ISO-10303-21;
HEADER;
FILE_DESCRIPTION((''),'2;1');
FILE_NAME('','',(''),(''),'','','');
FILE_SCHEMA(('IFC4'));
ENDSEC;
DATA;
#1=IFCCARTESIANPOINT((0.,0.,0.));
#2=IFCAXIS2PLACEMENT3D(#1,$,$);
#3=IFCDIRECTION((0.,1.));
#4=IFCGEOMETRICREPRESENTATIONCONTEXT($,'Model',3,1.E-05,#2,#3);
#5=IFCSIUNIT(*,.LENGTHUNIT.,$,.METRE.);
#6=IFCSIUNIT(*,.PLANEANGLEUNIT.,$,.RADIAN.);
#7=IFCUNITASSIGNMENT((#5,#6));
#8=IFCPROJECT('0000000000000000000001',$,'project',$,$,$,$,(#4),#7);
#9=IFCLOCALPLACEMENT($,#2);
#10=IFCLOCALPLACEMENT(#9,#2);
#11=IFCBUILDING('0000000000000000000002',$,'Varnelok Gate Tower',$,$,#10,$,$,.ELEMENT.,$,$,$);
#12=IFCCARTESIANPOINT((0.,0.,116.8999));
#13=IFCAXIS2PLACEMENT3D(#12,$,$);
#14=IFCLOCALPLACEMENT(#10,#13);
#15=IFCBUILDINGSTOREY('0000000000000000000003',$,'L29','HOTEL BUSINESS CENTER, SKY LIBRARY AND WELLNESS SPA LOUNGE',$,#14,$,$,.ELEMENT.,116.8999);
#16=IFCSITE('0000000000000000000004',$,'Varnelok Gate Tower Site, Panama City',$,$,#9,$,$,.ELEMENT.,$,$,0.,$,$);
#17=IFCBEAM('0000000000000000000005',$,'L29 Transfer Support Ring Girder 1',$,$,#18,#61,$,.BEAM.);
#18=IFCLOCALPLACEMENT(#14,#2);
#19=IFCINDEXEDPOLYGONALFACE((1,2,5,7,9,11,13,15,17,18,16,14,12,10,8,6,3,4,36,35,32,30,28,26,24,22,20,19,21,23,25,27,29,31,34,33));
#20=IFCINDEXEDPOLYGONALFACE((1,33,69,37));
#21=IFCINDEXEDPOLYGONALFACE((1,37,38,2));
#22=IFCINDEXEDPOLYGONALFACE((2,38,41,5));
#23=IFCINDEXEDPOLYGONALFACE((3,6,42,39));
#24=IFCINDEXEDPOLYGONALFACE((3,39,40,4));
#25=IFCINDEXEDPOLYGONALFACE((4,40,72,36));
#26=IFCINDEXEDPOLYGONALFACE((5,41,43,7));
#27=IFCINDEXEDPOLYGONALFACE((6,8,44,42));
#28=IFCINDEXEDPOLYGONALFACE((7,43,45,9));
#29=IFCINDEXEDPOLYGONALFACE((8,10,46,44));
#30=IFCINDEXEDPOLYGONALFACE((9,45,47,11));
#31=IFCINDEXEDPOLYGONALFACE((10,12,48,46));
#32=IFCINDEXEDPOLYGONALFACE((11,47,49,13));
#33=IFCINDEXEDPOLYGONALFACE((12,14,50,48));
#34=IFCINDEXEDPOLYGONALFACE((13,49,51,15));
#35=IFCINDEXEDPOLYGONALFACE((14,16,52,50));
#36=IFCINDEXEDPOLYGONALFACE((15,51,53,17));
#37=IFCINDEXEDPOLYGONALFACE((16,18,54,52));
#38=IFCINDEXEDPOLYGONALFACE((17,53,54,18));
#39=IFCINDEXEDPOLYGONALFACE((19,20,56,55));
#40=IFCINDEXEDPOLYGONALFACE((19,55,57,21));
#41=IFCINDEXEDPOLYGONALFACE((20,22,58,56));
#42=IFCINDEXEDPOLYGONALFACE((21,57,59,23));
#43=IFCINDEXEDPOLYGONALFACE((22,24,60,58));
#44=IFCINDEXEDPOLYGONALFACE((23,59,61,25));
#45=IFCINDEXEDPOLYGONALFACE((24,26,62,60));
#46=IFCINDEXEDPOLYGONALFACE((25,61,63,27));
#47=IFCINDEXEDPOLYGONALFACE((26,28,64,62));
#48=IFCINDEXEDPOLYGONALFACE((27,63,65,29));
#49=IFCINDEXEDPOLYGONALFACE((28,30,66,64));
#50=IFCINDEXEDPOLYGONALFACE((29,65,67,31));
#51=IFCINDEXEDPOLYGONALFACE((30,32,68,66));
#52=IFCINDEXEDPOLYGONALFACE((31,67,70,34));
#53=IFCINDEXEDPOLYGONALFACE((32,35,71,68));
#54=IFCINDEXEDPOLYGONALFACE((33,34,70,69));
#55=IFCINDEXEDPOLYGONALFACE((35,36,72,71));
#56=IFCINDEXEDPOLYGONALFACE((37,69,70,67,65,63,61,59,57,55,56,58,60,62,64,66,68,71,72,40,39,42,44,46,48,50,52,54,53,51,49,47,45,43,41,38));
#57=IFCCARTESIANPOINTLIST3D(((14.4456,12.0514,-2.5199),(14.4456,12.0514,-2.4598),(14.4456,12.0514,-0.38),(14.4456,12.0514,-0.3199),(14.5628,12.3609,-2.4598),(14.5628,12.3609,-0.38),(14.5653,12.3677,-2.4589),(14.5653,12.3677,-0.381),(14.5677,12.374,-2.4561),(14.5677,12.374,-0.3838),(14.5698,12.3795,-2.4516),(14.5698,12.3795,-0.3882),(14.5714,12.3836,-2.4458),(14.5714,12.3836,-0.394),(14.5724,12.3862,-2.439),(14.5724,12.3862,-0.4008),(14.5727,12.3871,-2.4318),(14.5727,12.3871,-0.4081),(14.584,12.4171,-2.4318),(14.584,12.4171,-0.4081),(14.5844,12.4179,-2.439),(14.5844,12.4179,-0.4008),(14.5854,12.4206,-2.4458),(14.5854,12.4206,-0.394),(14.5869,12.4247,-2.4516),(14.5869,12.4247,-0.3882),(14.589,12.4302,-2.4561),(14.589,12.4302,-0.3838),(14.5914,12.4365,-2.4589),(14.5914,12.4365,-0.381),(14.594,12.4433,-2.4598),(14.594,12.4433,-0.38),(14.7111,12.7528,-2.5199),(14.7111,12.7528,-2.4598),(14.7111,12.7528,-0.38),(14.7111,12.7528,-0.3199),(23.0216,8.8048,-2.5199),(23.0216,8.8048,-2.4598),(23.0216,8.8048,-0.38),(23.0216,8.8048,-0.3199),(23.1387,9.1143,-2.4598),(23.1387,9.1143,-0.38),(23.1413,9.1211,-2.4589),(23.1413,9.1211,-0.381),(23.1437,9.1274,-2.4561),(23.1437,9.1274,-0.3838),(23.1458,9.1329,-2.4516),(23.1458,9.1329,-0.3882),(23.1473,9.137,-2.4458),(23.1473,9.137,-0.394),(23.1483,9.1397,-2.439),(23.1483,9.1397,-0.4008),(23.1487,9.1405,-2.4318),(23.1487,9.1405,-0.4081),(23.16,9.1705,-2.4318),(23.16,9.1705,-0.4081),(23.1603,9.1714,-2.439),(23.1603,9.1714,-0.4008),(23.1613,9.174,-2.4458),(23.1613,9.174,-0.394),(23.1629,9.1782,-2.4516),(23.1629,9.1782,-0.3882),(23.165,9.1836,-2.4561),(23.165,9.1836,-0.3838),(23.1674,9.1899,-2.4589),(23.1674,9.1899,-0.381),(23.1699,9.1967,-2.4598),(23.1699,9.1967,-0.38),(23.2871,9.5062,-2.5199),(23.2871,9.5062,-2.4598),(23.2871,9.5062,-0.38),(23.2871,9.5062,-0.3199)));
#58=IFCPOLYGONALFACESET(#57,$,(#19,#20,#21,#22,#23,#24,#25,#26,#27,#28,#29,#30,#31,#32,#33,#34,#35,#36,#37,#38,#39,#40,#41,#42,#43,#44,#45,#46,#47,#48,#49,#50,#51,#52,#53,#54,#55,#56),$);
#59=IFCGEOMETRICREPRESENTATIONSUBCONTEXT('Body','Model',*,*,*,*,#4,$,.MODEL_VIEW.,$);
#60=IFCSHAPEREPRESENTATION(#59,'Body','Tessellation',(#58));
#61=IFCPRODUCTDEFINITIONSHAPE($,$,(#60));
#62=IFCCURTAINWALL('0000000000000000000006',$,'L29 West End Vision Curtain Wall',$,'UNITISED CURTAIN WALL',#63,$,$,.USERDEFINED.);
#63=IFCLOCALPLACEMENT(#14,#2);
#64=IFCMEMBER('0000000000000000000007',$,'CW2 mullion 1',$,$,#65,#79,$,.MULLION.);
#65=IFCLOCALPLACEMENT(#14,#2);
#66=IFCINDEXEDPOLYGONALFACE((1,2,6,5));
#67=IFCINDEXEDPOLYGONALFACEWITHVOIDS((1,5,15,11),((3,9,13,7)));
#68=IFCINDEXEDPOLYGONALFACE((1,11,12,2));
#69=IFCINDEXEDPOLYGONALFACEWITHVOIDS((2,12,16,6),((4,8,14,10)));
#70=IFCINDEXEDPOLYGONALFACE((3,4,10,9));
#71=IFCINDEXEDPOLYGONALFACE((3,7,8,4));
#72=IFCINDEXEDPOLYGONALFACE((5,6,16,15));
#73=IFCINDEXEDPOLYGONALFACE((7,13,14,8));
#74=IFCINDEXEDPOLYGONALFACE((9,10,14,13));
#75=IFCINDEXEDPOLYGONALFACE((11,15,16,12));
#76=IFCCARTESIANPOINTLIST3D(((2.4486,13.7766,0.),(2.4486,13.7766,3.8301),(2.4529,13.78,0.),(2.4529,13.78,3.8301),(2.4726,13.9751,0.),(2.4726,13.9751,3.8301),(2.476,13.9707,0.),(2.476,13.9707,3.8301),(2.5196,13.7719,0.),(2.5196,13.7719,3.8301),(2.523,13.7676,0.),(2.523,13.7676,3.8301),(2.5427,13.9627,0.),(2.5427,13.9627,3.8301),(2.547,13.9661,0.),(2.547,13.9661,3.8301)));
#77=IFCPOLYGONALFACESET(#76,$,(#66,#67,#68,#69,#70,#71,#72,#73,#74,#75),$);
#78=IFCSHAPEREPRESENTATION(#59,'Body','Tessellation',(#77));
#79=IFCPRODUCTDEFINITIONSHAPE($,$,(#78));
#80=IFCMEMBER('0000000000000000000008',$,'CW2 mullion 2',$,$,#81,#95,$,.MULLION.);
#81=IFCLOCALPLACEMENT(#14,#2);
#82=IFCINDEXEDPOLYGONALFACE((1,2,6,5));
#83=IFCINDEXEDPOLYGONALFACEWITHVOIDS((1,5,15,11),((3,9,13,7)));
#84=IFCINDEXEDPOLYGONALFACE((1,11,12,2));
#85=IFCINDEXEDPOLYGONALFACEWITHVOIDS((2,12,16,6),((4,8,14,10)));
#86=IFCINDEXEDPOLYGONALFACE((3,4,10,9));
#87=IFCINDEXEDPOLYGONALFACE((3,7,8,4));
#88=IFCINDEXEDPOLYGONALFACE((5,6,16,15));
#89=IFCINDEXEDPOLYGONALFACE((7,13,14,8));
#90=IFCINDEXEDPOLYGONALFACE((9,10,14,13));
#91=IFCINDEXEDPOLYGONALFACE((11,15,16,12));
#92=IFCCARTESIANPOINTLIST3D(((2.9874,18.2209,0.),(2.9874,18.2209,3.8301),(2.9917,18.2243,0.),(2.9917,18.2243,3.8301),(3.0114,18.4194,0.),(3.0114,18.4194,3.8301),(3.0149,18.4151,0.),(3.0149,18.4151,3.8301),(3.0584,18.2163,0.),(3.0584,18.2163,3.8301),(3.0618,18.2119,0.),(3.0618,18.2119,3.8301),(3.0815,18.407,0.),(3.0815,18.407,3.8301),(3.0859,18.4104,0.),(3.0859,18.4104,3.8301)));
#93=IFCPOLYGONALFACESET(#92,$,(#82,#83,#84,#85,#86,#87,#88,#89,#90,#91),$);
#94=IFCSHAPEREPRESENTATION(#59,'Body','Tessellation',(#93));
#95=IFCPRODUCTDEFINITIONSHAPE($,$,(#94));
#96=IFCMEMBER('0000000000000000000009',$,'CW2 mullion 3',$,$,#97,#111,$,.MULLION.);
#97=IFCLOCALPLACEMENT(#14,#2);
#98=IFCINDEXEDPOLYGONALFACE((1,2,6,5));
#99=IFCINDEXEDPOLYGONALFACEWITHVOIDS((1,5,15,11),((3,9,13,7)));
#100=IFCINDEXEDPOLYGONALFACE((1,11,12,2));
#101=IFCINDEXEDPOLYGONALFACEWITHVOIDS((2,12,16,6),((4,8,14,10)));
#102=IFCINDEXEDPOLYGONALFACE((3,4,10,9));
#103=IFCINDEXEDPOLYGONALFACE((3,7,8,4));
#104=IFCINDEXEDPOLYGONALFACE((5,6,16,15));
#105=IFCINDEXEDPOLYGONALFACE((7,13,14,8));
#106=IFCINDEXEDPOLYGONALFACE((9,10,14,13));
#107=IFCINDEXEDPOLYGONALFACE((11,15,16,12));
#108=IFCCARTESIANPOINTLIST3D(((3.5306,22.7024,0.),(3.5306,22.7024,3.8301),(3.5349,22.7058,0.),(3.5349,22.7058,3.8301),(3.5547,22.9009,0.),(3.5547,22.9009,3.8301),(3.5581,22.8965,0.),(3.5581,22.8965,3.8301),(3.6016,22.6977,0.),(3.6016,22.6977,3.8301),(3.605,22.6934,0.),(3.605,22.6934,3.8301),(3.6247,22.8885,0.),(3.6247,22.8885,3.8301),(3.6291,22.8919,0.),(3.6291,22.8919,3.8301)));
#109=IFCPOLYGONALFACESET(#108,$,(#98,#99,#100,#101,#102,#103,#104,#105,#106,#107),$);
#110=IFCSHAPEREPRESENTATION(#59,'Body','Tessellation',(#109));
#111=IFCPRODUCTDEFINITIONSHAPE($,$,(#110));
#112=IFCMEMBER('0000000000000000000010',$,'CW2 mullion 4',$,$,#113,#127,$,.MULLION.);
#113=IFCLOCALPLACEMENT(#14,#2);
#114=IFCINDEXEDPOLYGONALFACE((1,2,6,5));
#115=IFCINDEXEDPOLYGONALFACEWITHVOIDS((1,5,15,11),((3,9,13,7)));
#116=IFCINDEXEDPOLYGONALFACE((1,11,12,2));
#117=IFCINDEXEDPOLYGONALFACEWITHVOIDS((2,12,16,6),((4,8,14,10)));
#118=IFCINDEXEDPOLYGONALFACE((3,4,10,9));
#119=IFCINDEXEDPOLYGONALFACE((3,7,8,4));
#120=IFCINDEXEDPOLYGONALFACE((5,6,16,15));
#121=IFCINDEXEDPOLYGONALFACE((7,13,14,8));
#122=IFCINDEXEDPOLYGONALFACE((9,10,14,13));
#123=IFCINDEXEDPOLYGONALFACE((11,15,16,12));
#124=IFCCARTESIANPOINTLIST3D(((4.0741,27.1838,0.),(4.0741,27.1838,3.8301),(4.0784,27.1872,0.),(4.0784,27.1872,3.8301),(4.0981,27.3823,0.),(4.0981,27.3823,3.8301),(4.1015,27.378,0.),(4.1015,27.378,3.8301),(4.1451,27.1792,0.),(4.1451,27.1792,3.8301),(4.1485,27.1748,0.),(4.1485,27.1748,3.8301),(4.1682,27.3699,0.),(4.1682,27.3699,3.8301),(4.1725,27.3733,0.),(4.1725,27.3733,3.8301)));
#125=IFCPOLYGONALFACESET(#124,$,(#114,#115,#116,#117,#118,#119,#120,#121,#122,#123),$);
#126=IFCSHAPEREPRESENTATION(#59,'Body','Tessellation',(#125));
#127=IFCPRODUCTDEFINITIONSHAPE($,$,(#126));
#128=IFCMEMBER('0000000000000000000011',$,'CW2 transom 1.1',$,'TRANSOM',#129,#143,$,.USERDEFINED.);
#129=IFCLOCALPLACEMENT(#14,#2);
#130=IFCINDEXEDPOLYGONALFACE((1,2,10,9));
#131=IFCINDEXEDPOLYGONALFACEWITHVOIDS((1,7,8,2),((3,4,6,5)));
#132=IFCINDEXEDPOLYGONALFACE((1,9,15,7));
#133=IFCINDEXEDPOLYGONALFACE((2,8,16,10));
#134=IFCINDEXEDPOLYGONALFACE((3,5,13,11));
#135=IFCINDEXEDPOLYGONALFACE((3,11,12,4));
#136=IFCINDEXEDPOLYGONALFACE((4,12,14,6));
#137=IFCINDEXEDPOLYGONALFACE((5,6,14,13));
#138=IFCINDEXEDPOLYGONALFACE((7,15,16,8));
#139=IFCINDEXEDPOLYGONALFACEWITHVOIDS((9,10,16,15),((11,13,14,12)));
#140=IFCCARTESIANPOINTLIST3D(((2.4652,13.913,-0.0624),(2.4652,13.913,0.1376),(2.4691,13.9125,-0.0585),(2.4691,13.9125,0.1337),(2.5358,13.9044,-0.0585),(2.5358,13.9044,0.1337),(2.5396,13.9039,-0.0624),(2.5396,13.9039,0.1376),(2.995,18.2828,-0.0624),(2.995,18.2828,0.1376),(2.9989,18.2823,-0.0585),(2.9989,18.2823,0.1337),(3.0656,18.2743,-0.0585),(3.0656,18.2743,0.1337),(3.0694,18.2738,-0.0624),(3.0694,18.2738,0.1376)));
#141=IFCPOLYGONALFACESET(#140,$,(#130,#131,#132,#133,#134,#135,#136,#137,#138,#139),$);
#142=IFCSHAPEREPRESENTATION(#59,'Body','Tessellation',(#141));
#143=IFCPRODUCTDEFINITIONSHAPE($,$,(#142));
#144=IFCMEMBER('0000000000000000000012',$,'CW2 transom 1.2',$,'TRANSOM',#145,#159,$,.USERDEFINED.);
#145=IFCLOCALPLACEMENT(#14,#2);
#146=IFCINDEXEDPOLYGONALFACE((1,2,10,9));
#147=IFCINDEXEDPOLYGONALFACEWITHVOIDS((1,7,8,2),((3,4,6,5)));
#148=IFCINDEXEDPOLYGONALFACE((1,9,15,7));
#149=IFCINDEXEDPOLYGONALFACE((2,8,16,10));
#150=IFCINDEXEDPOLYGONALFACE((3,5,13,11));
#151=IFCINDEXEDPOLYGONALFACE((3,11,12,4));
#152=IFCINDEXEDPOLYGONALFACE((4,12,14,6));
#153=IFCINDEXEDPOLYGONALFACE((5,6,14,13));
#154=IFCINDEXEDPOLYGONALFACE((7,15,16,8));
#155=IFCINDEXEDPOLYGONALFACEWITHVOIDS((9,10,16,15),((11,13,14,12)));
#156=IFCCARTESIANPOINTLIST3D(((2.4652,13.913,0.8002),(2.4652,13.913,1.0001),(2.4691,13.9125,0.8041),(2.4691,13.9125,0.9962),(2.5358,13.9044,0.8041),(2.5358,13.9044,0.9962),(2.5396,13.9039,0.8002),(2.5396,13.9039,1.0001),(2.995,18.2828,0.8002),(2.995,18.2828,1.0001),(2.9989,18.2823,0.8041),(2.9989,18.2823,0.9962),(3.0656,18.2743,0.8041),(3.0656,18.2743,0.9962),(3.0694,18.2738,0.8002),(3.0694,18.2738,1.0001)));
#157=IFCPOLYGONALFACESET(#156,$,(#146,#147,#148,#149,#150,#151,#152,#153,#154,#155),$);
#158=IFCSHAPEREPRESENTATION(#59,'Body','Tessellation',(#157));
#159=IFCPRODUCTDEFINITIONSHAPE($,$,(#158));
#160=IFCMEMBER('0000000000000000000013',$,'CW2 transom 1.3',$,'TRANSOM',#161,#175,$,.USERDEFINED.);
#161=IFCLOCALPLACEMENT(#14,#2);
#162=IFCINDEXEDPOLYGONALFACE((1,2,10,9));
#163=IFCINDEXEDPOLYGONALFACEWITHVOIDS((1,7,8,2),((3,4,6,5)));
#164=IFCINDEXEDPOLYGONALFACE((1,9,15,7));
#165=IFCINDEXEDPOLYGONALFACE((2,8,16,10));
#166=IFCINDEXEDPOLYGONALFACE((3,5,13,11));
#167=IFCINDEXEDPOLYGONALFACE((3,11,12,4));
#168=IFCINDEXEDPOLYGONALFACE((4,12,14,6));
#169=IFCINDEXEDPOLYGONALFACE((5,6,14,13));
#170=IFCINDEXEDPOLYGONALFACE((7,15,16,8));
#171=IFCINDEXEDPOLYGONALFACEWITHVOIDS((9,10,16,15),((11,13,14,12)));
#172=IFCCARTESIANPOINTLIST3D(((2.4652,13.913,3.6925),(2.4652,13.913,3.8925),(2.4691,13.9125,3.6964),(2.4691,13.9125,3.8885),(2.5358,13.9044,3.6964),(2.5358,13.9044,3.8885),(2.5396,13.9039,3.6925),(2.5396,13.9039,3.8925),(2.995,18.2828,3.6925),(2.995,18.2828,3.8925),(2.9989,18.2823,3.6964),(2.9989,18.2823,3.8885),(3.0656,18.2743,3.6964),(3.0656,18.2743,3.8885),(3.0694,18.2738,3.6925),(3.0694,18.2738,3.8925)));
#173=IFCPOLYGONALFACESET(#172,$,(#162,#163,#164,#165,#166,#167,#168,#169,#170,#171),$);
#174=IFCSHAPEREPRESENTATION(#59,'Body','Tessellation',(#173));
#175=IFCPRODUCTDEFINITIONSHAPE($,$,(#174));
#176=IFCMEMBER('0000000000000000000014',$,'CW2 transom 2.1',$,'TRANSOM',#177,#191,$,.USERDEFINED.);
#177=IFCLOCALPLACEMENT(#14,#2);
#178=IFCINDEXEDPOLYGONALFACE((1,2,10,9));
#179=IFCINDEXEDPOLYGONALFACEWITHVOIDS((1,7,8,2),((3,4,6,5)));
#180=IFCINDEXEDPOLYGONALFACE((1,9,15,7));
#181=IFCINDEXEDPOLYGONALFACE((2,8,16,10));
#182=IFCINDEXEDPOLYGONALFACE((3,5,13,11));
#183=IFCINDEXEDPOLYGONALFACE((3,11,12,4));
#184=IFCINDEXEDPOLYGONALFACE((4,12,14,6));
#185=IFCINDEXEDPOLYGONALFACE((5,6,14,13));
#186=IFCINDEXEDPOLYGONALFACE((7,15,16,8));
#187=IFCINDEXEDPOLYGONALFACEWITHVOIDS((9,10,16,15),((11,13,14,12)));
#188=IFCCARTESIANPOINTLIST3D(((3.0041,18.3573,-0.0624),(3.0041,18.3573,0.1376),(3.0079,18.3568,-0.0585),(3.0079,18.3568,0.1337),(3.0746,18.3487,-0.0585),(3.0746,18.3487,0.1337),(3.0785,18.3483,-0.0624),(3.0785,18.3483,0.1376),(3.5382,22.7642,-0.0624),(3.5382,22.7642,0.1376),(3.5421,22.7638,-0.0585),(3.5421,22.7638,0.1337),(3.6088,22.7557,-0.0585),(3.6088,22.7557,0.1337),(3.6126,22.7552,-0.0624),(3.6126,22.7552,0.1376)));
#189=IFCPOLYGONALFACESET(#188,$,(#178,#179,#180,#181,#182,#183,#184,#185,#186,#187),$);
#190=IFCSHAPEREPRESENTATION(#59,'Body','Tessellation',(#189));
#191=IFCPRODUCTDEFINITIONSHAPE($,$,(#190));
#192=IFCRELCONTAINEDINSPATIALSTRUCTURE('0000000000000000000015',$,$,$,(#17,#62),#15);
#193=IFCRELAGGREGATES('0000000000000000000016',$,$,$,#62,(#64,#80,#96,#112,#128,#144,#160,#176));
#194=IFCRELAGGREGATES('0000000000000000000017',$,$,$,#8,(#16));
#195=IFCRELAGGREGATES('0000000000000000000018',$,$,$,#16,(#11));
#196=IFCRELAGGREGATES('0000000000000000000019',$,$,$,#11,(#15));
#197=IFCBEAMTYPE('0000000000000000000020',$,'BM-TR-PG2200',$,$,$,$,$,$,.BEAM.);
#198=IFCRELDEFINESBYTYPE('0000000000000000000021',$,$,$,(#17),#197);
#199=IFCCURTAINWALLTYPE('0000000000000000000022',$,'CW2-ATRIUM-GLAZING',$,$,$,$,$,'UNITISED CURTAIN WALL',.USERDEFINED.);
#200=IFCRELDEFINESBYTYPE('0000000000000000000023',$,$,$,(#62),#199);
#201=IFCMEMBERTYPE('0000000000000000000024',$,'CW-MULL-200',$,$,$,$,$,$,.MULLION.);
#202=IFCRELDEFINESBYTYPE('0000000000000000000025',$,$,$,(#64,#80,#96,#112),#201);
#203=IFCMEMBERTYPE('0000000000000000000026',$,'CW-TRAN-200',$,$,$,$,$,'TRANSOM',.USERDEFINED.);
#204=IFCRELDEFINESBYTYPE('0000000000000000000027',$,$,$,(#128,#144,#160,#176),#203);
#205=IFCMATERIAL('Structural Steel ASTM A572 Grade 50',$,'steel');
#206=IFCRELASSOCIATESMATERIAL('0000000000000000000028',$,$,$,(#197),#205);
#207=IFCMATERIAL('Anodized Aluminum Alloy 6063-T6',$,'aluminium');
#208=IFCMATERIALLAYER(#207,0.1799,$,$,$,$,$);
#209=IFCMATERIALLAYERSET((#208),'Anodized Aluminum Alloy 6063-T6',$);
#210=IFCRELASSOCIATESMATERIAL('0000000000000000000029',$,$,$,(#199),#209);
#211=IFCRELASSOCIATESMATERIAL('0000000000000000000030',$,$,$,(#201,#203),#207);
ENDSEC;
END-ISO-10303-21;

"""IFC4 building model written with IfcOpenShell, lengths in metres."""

from ifc_helpers import new_model, si_unit, direction, frame, origin, origin_2d, place, context, subcontext, project, spatial, hollow_rectangle, i_section, extrude, material, layer, layer_set, material_profile, profile_set, type_object, element, aggregate, save


model = new_model("IFC4")

# Units and contexts
model_context = context("Model", 3, precision=1e-05, world=origin(), true_north=direction((0.0, 1.0)))
body_context = subcontext(model_context, "Body", "Model", "MODEL_VIEW")
ifc_project = project(units=[si_unit("LENGTHUNIT", "METRE"), si_unit("PLANEANGLEUNIT", "RADIAN")], contexts=[model_context])

# Site, building, storey
site_placement = place(None, origin())
site = spatial("IfcSite", under=ifc_project, at=site_placement, Name="Varnelok Gate Tower Site, Panama City", CompositionType="ELEMENT", RefElevation=0.0)
building_placement = place(site_placement, origin())
building = spatial("IfcBuilding", under=site, at=building_placement, Name="Varnelok Gate Tower", CompositionType="ELEMENT")
storey_placement = place(building_placement, frame((0.0, 0.0, 116.8999)))
storey = spatial("IfcBuildingStorey", under=building, at=storey_placement, Name="L29", Description="HOTEL BUSINESS CENTER, SKY LIBRARY AND WELLNESS SPA LOUNGE", CompositionType="ELEMENT", Elevation=116.8999)

# Beam
ifc_material_1 = material(Name="Structural Steel ASTM A572 Grade 50", Category="steel")
ifc_material_profile_1 = material_profile(ifc_material_1, i_section(OverallWidth=0.75, OverallDepth=2.2, WebThickness=0.032, FlangeThickness=0.0601, FilletRadius=0.0281, at=origin_2d()), Name="PG2200X750")
ifc_profile_set_1 = profile_set([ifc_material_profile_1], Name="Structural Steel ASTM A572 Grade 50")
beam_type = type_object("IfcBeamType", Name="BM-TR-PG2200", PredefinedType="BEAM", material=ifc_profile_set_1)
beam_placement = place(storey_placement, frame((14.5784, 12.4021, -1.4199), z_axis=(0.935227, -0.354048, 0.0), x_axis=(0.354048, 0.935227, 0.0)))
element("IfcBeam", 1, at=beam_placement, inside=storey, type_object=beam_type, Name="L29 Transfer Support Ring Girder 1", PredefinedType="BEAM", context=body_context, shape_type="SweptSolid", body=[
    extrude(i_section(OverallWidth=0.75, OverallDepth=2.2, WebThickness=0.032, FlangeThickness=0.0601, FilletRadius=0.0281, at=origin_2d()), origin(), (0.0, 0.0, 1.0), 9.1699),
])

# Curtain wall, members
ifc_material_2 = material(Name="Anodized Aluminum Alloy 6063-T6", Category="aluminium")
ifc_layer_1 = layer(ifc_material_2, 0.1799)
ifc_layer_set_1 = layer_set([ifc_layer_1], Name="Anodized Aluminum Alloy 6063-T6")
curtain_wall_type = type_object("IfcCurtainWallType", Name="CW2-ATRIUM-GLAZING", ElementType="UNITISED CURTAIN WALL", PredefinedType="USERDEFINED", material=ifc_layer_set_1)
curtain_wall_placement = place(storey_placement, origin())
curtain_wall = element("IfcCurtainWall", 2, at=curtain_wall_placement, inside=storey, type_object=curtain_wall_type, Name="L29 West End Vision Curtain Wall", ObjectType="UNITISED CURTAIN WALL", PredefinedType="USERDEFINED")
ifc_material_profile_2 = material_profile(ifc_material_2, hollow_rectangle(XDim=0.075, YDim=0.2, WallThickness=0.0039, at=origin_2d()), Name="ALU200X75X4")
ifc_profile_set_2 = profile_set([ifc_material_profile_2], Name="Anodized Aluminum Alloy 6063-T6")
member_type_1 = type_object("IfcMemberType", Name="CW-MULL-200", PredefinedType="MULLION", material=ifc_profile_set_2)
member_1_placement = place(storey_placement, frame((2.4978, 13.8713, 0.0), z_axis=(0.0, 0.0, 1.0), x_axis=(-0.992732, 0.120345, 0.0)))
member_1 = element("IfcMember", 3, at=member_1_placement, type_object=member_type_1, Name="CW2 mullion 1", PredefinedType="MULLION", context=body_context, shape_type="SweptSolid", body=[
    extrude(hollow_rectangle(XDim=0.075, YDim=0.2, WallThickness=0.0039, at=origin_2d()), origin(), (0.0, 0.0, 1.0), 3.8301),
])
member_2_placement = place(storey_placement, frame((3.0366, 18.3157, 0.0), z_axis=(0.0, 0.0, 1.0), x_axis=(-0.992732, 0.120345, 0.0)))
member_2 = element("IfcMember", 4, at=member_2_placement, type_object=member_type_1, Name="CW2 mullion 2", PredefinedType="MULLION", context=body_context, shape_type="SweptSolid", body=[
    extrude(hollow_rectangle(XDim=0.075, YDim=0.2, WallThickness=0.0039, at=origin_2d()), origin(), (0.0, 0.0, 1.0), 3.8301),
])
member_3_placement = place(storey_placement, frame((3.5798, 22.7971, 0.0), z_axis=(0.0, 0.0, 1.0), x_axis=(-0.992732, 0.120345, 0.0)))
member_3 = element("IfcMember", 5, at=member_3_placement, type_object=member_type_1, Name="CW2 mullion 3", PredefinedType="MULLION", context=body_context, shape_type="SweptSolid", body=[
    extrude(hollow_rectangle(XDim=0.075, YDim=0.2, WallThickness=0.0039, at=origin_2d()), origin(), (0.0, 0.0, 1.0), 3.8301),
])
member_4_placement = place(storey_placement, frame((4.1233, 27.2786, 0.0), z_axis=(0.0, 0.0, 1.0), x_axis=(-0.992732, 0.120345, 0.0)))
member_4 = element("IfcMember", 6, at=member_4_placement, type_object=member_type_1, Name="CW2 mullion 4", PredefinedType="MULLION", context=body_context, shape_type="SweptSolid", body=[
    extrude(hollow_rectangle(XDim=0.075, YDim=0.2, WallThickness=0.0039, at=origin_2d()), origin(), (0.0, 0.0, 1.0), 3.8301),
])
ifc_material_profile_3 = material_profile(ifc_material_2, hollow_rectangle(XDim=0.075, YDim=0.2, WallThickness=0.0039, at=origin_2d()), Name="ALU200X75X4")
ifc_profile_set_3 = profile_set([ifc_material_profile_3], Name="Anodized Aluminum Alloy 6063-T6")
member_type_2 = type_object("IfcMemberType", Name="CW-TRAN-200", ElementType="TRANSOM", PredefinedType="USERDEFINED", material=ifc_profile_set_3)
member_5_placement = place(storey_placement, frame((2.5024, 13.9084, 0.0376), z_axis=(0.120355, 0.992731, 0.0), x_axis=(-0.992731, 0.120355, 0.0)))
member_5 = element("IfcMember", 7, at=member_5_placement, type_object=member_type_2, Name="CW2 transom 1.1", ObjectType="TRANSOM", PredefinedType="USERDEFINED", context=body_context, shape_type="SweptSolid", body=[
    extrude(hollow_rectangle(XDim=0.075, YDim=0.2, WallThickness=0.0039, at=origin_2d()), origin(), (0.0, 0.0, 1.0), 4.4019),
])
member_6_placement = place(storey_placement, frame((2.5024, 13.9084, 0.9001), z_axis=(0.120355, 0.992731, 0.0), x_axis=(-0.992731, 0.120355, 0.0)))
member_6 = element("IfcMember", 8, at=member_6_placement, type_object=member_type_2, Name="CW2 transom 1.2", ObjectType="TRANSOM", PredefinedType="USERDEFINED", context=body_context, shape_type="SweptSolid", body=[
    extrude(hollow_rectangle(XDim=0.075, YDim=0.2, WallThickness=0.0039, at=origin_2d()), origin(), (0.0, 0.0, 1.0), 4.4019),
])
member_7_placement = place(storey_placement, frame((2.5024, 13.9084, 3.7925), z_axis=(0.120355, 0.992731, 0.0), x_axis=(-0.992731, 0.120355, 0.0)))
member_7 = element("IfcMember", 9, at=member_7_placement, type_object=member_type_2, Name="CW2 transom 1.3", ObjectType="TRANSOM", PredefinedType="USERDEFINED", context=body_context, shape_type="SweptSolid", body=[
    extrude(hollow_rectangle(XDim=0.075, YDim=0.2, WallThickness=0.0039, at=origin_2d()), origin(), (0.0, 0.0, 1.0), 4.4019),
])
member_8_placement = place(storey_placement, frame((3.0413, 18.3528, 0.0376), z_axis=(0.120331, 0.992734, 0.0), x_axis=(-0.992734, 0.120331, 0.0)))
member_8 = element("IfcMember", 10, at=member_8_placement, type_object=member_type_2, Name="CW2 transom 2.1", ObjectType="TRANSOM", PredefinedType="USERDEFINED", context=body_context, shape_type="SweptSolid", body=[
    extrude(hollow_rectangle(XDim=0.075, YDim=0.2, WallThickness=0.0039, at=origin_2d()), origin(), (0.0, 0.0, 1.0), 4.4392),
])

aggregate(curtain_wall, [member_1, member_2, member_3, member_4, member_5, member_6, member_7, member_8])

save(model, "model.ifc")
